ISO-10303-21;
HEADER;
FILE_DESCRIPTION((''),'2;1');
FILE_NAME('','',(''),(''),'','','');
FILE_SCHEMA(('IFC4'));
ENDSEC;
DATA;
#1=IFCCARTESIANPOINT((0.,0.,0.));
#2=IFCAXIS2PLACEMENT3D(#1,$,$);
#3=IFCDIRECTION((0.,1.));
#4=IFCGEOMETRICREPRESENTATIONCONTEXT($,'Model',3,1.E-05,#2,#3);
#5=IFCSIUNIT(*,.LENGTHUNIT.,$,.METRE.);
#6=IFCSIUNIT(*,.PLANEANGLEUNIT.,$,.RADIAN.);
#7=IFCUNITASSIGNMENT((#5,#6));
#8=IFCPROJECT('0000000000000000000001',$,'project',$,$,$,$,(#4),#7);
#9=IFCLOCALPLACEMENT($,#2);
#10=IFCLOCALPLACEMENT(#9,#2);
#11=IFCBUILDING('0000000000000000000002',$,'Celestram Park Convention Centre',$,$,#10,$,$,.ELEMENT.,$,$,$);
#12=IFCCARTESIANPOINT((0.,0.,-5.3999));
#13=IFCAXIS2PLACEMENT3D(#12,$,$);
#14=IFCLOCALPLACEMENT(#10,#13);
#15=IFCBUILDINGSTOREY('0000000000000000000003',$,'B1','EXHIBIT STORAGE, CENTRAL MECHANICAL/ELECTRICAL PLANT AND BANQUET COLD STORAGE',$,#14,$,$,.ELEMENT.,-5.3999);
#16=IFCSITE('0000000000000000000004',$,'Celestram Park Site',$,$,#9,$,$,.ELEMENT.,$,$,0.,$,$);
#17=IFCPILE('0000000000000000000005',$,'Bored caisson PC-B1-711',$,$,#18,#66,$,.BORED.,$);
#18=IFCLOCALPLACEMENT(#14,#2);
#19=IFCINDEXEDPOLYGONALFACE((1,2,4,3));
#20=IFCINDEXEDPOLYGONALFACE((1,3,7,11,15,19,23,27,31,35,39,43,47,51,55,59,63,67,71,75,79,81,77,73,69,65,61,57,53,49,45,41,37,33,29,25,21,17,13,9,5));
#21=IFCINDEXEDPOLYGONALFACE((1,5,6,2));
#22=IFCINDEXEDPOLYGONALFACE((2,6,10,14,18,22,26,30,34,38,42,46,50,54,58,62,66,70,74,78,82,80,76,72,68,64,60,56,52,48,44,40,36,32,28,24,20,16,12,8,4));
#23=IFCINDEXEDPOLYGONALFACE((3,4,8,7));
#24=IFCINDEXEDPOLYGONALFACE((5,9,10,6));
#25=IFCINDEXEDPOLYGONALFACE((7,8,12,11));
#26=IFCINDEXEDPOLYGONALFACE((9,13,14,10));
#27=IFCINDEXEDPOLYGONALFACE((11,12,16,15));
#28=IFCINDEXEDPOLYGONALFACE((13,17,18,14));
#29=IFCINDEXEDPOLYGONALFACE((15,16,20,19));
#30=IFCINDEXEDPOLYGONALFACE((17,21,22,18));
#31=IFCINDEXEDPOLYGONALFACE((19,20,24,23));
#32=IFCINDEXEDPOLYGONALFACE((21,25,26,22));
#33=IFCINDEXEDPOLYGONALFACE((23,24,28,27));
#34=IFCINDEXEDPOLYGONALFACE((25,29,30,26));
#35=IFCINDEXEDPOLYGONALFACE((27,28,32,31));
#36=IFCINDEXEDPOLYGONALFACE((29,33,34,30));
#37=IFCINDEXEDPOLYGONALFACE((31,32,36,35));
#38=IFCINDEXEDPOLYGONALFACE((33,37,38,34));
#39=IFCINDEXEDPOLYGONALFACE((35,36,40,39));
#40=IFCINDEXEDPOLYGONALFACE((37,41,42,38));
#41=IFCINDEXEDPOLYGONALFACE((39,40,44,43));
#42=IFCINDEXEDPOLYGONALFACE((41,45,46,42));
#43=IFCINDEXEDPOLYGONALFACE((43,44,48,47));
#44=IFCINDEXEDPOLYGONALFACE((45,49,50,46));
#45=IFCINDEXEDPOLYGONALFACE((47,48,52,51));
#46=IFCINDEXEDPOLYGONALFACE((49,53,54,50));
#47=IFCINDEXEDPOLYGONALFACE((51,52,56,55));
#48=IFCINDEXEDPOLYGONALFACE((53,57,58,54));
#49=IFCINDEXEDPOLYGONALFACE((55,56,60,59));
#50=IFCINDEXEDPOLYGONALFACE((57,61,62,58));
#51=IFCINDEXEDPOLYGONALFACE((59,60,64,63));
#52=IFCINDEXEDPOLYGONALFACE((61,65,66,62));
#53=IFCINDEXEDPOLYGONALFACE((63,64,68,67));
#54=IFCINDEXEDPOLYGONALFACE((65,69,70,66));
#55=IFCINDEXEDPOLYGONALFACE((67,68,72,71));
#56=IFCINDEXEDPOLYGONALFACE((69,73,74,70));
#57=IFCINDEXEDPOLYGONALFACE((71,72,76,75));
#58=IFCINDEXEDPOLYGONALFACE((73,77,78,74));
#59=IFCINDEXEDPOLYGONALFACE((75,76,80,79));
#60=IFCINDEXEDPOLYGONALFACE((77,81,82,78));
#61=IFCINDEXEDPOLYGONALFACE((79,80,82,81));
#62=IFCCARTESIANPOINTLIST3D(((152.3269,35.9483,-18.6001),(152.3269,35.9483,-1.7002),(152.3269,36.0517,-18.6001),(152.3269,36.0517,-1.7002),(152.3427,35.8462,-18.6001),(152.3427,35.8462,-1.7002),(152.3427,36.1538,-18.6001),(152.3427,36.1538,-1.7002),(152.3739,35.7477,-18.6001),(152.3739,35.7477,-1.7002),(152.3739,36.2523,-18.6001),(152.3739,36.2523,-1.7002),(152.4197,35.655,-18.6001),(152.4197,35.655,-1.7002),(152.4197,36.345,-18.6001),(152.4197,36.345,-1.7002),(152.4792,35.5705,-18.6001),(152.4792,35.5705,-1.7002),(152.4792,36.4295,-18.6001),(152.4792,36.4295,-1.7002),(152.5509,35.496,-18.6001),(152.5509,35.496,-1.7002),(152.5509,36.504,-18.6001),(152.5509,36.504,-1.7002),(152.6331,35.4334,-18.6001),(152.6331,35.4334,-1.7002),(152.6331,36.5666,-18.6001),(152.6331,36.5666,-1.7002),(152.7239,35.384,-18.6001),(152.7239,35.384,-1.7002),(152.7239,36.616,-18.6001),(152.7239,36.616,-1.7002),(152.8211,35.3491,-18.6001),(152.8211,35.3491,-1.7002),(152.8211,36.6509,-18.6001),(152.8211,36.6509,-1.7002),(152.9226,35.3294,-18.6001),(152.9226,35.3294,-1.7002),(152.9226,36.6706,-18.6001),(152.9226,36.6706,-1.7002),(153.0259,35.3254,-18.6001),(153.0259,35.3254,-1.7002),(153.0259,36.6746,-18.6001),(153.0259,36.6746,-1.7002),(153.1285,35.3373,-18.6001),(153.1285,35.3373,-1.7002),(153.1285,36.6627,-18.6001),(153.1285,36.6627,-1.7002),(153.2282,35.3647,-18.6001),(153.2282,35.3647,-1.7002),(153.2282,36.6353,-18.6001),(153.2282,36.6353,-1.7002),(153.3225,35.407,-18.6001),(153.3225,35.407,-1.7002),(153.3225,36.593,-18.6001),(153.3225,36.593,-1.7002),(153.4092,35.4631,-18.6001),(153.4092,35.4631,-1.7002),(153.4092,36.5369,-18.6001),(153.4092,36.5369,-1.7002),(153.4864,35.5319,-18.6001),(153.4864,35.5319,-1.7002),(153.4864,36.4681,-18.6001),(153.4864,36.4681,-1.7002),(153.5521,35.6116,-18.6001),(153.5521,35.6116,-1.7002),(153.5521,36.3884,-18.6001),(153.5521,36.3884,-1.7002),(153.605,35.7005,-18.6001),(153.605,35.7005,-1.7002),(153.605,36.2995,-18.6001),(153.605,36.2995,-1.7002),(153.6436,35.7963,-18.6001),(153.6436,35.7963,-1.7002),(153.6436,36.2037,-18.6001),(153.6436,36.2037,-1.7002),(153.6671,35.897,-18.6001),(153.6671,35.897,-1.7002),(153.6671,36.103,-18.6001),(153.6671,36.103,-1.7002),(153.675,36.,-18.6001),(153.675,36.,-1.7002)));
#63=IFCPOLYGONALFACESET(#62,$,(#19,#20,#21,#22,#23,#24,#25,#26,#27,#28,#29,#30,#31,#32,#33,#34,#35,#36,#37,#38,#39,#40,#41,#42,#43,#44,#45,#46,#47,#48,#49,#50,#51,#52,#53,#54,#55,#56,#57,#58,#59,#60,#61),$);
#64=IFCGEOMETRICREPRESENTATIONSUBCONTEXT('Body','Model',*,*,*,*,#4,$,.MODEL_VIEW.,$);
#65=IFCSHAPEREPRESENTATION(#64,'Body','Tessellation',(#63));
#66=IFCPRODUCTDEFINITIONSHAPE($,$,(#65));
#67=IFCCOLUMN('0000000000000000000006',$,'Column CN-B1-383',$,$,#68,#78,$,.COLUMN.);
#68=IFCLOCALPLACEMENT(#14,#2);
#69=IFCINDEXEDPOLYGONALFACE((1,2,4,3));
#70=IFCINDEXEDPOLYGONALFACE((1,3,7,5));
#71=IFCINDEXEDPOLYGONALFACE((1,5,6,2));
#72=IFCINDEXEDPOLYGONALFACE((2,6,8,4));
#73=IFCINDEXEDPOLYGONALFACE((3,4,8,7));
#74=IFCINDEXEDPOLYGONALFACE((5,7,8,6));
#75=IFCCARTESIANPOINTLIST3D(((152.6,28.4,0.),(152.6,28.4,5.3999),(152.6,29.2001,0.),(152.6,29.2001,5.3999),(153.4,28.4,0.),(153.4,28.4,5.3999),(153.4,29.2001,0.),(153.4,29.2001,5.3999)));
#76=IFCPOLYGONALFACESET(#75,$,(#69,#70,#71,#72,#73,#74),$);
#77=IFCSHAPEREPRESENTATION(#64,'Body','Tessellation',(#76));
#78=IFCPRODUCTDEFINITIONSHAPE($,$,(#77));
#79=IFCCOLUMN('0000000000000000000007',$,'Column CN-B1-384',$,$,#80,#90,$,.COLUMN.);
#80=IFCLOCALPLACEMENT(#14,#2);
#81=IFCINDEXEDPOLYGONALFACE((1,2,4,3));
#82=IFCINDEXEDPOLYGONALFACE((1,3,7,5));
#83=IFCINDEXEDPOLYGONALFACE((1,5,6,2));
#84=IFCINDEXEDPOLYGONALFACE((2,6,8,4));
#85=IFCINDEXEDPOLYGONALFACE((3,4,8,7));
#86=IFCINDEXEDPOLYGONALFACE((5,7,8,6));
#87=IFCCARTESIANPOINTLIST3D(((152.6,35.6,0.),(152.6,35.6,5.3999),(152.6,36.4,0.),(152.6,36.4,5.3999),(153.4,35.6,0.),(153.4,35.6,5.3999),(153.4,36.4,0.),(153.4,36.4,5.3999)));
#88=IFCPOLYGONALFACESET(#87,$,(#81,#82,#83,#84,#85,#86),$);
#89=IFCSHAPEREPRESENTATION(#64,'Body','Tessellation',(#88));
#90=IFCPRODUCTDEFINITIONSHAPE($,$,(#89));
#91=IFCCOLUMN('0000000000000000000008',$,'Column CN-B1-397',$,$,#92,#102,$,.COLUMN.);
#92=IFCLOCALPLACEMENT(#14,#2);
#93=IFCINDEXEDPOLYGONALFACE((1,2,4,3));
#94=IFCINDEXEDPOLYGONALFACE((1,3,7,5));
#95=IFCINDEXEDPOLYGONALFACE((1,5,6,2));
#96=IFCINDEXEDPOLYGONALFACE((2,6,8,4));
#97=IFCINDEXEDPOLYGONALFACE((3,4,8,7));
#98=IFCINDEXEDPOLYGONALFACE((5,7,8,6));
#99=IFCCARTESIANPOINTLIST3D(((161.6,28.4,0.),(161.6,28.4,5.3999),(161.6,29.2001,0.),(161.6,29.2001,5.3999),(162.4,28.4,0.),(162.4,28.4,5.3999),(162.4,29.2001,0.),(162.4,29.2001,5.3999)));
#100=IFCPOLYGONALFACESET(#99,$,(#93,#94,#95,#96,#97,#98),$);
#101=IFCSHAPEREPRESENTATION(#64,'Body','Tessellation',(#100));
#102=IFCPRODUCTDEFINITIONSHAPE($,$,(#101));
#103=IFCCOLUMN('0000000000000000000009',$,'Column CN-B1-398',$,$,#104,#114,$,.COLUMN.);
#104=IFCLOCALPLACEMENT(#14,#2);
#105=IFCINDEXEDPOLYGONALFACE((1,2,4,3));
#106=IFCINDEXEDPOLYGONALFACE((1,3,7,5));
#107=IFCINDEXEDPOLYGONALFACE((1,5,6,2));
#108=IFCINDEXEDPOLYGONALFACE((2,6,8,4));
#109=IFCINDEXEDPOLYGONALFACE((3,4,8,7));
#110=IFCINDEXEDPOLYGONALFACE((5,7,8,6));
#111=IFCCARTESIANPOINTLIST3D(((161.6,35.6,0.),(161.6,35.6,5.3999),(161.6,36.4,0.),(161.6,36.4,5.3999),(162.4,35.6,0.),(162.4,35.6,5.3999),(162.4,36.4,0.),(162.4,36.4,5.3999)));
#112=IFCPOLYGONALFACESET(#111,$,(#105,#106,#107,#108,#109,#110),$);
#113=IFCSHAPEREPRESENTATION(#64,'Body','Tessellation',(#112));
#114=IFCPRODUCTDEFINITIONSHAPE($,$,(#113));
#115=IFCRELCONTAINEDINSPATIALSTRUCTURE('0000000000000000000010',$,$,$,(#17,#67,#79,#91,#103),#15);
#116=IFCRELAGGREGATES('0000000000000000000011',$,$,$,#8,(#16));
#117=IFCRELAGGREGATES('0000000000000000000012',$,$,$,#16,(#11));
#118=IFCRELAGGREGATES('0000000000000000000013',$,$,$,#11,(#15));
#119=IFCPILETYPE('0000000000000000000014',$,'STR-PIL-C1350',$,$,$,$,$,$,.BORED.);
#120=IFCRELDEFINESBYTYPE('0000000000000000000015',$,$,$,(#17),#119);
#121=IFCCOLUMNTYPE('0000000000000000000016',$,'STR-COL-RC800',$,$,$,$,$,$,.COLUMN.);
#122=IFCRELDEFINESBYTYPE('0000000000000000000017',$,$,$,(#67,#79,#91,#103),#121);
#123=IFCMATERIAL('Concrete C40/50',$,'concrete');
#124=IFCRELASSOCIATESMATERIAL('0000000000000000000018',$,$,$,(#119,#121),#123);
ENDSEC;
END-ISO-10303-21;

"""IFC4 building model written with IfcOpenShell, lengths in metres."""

from ifc_helpers import new_model, si_unit, direction, frame, origin, origin_2d, place, context, subcontext, project, spatial, rectangle, circle, extrude, material, material_profile, profile_set, type_object, element, save


model = new_model("IFC4")

# Units and contexts
model_context = context("Model", 3, precision=1e-05, world=origin(), true_north=direction((0.0, 1.0)))
body_context = subcontext(model_context, "Body", "Model", "MODEL_VIEW")
ifc_project = project(units=[si_unit("LENGTHUNIT", "METRE"), si_unit("PLANEANGLEUNIT", "RADIAN")], contexts=[model_context])

# Site, building, storey
site_placement = place(None, origin())
site = spatial("IfcSite", under=ifc_project, at=site_placement, Name="Celestram Park Site", CompositionType="ELEMENT", RefElevation=0.0)
building_placement = place(site_placement, origin())
building = spatial("IfcBuilding", under=site, at=building_placement, Name="Celestram Park Convention Centre", CompositionType="ELEMENT")
storey_placement = place(building_placement, frame((0.0, 0.0, -5.3999)))
storey = spatial("IfcBuildingStorey", under=building, at=storey_placement, Name="B1", Description="EXHIBIT STORAGE, CENTRAL MECHANICAL/ELECTRICAL PLANT AND BANQUET COLD STORAGE", CompositionType="ELEMENT", Elevation=-5.3999)

# Shared definitions
ifc_material_1 = material(Name="Concrete C40/50", Category="concrete")

# Pile
ifc_material_profile_1 = material_profile(ifc_material_1, circle(Radius=0.675, at=origin_2d()), Name="CAISSON1350")
ifc_profile_set_1 = profile_set([ifc_material_profile_1], Name="Concrete C40/50")
pile_type_1 = type_object("IfcPileType", Name="STR-PIL-C1350", PredefinedType="BORED", material=ifc_profile_set_1)
for number, where, z_axis, x_axis, name in (
    (1, (153.0, 36.0, -1.7002), (0.0, 0.0, -1.0), (1.0, 0.0, 0.0), "Bored caisson PC-B1-711"),
):
    element("IfcPile", number, at=place(storey_placement, frame(where, z_axis=z_axis, x_axis=x_axis)), inside=storey, type_object=pile_type_1, Name=name, PredefinedType="BORED", context=body_context, shape_type="SweptSolid", body=[
        extrude(circle(Radius=0.675, at=origin_2d()), origin(), (0.0, 0.0, 1.0), 16.8999),
    ])

# Columns
ifc_material_profile_2 = material_profile(ifc_material_1, rectangle(XDim=0.8, YDim=0.8, at=origin_2d()), Name="RC800X800")
ifc_profile_set_2 = profile_set([ifc_material_profile_2], Name="Concrete C40/50")
column_type = type_object("IfcColumnType", Name="STR-COL-RC800", PredefinedType="COLUMN", material=ifc_profile_set_2)
for number, where, z_axis, x_axis, name in (
    (2, (153.0, 28.8, 0.0), (0.0, 0.0, 1.0), (1.0, 0.0, 0.0), "Column CN-B1-383"),
    (3, (153.0, 36.0, 0.0), (0.0, 0.0, 1.0), (1.0, 0.0, 0.0), "Column CN-B1-384"),
    (4, (162.0, 28.8, 0.0), (0.0, 0.0, 1.0), (1.0, 0.0, 0.0), "Column CN-B1-397"),
    (5, (162.0, 36.0, 0.0), (0.0, 0.0, 1.0), (1.0, 0.0, 0.0), "Column CN-B1-398"),
):
    element("IfcColumn", number, at=place(storey_placement, frame(where, z_axis=z_axis, x_axis=x_axis)), inside=storey, type_object=column_type, Name=name, PredefinedType="COLUMN", context=body_context, shape_type="SweptSolid", body=[
        extrude(rectangle(XDim=0.8, YDim=0.8, at=origin_2d()), origin(), (0.0, 0.0, 1.0), 5.3999),
    ])

save(model, "model.ifc")
